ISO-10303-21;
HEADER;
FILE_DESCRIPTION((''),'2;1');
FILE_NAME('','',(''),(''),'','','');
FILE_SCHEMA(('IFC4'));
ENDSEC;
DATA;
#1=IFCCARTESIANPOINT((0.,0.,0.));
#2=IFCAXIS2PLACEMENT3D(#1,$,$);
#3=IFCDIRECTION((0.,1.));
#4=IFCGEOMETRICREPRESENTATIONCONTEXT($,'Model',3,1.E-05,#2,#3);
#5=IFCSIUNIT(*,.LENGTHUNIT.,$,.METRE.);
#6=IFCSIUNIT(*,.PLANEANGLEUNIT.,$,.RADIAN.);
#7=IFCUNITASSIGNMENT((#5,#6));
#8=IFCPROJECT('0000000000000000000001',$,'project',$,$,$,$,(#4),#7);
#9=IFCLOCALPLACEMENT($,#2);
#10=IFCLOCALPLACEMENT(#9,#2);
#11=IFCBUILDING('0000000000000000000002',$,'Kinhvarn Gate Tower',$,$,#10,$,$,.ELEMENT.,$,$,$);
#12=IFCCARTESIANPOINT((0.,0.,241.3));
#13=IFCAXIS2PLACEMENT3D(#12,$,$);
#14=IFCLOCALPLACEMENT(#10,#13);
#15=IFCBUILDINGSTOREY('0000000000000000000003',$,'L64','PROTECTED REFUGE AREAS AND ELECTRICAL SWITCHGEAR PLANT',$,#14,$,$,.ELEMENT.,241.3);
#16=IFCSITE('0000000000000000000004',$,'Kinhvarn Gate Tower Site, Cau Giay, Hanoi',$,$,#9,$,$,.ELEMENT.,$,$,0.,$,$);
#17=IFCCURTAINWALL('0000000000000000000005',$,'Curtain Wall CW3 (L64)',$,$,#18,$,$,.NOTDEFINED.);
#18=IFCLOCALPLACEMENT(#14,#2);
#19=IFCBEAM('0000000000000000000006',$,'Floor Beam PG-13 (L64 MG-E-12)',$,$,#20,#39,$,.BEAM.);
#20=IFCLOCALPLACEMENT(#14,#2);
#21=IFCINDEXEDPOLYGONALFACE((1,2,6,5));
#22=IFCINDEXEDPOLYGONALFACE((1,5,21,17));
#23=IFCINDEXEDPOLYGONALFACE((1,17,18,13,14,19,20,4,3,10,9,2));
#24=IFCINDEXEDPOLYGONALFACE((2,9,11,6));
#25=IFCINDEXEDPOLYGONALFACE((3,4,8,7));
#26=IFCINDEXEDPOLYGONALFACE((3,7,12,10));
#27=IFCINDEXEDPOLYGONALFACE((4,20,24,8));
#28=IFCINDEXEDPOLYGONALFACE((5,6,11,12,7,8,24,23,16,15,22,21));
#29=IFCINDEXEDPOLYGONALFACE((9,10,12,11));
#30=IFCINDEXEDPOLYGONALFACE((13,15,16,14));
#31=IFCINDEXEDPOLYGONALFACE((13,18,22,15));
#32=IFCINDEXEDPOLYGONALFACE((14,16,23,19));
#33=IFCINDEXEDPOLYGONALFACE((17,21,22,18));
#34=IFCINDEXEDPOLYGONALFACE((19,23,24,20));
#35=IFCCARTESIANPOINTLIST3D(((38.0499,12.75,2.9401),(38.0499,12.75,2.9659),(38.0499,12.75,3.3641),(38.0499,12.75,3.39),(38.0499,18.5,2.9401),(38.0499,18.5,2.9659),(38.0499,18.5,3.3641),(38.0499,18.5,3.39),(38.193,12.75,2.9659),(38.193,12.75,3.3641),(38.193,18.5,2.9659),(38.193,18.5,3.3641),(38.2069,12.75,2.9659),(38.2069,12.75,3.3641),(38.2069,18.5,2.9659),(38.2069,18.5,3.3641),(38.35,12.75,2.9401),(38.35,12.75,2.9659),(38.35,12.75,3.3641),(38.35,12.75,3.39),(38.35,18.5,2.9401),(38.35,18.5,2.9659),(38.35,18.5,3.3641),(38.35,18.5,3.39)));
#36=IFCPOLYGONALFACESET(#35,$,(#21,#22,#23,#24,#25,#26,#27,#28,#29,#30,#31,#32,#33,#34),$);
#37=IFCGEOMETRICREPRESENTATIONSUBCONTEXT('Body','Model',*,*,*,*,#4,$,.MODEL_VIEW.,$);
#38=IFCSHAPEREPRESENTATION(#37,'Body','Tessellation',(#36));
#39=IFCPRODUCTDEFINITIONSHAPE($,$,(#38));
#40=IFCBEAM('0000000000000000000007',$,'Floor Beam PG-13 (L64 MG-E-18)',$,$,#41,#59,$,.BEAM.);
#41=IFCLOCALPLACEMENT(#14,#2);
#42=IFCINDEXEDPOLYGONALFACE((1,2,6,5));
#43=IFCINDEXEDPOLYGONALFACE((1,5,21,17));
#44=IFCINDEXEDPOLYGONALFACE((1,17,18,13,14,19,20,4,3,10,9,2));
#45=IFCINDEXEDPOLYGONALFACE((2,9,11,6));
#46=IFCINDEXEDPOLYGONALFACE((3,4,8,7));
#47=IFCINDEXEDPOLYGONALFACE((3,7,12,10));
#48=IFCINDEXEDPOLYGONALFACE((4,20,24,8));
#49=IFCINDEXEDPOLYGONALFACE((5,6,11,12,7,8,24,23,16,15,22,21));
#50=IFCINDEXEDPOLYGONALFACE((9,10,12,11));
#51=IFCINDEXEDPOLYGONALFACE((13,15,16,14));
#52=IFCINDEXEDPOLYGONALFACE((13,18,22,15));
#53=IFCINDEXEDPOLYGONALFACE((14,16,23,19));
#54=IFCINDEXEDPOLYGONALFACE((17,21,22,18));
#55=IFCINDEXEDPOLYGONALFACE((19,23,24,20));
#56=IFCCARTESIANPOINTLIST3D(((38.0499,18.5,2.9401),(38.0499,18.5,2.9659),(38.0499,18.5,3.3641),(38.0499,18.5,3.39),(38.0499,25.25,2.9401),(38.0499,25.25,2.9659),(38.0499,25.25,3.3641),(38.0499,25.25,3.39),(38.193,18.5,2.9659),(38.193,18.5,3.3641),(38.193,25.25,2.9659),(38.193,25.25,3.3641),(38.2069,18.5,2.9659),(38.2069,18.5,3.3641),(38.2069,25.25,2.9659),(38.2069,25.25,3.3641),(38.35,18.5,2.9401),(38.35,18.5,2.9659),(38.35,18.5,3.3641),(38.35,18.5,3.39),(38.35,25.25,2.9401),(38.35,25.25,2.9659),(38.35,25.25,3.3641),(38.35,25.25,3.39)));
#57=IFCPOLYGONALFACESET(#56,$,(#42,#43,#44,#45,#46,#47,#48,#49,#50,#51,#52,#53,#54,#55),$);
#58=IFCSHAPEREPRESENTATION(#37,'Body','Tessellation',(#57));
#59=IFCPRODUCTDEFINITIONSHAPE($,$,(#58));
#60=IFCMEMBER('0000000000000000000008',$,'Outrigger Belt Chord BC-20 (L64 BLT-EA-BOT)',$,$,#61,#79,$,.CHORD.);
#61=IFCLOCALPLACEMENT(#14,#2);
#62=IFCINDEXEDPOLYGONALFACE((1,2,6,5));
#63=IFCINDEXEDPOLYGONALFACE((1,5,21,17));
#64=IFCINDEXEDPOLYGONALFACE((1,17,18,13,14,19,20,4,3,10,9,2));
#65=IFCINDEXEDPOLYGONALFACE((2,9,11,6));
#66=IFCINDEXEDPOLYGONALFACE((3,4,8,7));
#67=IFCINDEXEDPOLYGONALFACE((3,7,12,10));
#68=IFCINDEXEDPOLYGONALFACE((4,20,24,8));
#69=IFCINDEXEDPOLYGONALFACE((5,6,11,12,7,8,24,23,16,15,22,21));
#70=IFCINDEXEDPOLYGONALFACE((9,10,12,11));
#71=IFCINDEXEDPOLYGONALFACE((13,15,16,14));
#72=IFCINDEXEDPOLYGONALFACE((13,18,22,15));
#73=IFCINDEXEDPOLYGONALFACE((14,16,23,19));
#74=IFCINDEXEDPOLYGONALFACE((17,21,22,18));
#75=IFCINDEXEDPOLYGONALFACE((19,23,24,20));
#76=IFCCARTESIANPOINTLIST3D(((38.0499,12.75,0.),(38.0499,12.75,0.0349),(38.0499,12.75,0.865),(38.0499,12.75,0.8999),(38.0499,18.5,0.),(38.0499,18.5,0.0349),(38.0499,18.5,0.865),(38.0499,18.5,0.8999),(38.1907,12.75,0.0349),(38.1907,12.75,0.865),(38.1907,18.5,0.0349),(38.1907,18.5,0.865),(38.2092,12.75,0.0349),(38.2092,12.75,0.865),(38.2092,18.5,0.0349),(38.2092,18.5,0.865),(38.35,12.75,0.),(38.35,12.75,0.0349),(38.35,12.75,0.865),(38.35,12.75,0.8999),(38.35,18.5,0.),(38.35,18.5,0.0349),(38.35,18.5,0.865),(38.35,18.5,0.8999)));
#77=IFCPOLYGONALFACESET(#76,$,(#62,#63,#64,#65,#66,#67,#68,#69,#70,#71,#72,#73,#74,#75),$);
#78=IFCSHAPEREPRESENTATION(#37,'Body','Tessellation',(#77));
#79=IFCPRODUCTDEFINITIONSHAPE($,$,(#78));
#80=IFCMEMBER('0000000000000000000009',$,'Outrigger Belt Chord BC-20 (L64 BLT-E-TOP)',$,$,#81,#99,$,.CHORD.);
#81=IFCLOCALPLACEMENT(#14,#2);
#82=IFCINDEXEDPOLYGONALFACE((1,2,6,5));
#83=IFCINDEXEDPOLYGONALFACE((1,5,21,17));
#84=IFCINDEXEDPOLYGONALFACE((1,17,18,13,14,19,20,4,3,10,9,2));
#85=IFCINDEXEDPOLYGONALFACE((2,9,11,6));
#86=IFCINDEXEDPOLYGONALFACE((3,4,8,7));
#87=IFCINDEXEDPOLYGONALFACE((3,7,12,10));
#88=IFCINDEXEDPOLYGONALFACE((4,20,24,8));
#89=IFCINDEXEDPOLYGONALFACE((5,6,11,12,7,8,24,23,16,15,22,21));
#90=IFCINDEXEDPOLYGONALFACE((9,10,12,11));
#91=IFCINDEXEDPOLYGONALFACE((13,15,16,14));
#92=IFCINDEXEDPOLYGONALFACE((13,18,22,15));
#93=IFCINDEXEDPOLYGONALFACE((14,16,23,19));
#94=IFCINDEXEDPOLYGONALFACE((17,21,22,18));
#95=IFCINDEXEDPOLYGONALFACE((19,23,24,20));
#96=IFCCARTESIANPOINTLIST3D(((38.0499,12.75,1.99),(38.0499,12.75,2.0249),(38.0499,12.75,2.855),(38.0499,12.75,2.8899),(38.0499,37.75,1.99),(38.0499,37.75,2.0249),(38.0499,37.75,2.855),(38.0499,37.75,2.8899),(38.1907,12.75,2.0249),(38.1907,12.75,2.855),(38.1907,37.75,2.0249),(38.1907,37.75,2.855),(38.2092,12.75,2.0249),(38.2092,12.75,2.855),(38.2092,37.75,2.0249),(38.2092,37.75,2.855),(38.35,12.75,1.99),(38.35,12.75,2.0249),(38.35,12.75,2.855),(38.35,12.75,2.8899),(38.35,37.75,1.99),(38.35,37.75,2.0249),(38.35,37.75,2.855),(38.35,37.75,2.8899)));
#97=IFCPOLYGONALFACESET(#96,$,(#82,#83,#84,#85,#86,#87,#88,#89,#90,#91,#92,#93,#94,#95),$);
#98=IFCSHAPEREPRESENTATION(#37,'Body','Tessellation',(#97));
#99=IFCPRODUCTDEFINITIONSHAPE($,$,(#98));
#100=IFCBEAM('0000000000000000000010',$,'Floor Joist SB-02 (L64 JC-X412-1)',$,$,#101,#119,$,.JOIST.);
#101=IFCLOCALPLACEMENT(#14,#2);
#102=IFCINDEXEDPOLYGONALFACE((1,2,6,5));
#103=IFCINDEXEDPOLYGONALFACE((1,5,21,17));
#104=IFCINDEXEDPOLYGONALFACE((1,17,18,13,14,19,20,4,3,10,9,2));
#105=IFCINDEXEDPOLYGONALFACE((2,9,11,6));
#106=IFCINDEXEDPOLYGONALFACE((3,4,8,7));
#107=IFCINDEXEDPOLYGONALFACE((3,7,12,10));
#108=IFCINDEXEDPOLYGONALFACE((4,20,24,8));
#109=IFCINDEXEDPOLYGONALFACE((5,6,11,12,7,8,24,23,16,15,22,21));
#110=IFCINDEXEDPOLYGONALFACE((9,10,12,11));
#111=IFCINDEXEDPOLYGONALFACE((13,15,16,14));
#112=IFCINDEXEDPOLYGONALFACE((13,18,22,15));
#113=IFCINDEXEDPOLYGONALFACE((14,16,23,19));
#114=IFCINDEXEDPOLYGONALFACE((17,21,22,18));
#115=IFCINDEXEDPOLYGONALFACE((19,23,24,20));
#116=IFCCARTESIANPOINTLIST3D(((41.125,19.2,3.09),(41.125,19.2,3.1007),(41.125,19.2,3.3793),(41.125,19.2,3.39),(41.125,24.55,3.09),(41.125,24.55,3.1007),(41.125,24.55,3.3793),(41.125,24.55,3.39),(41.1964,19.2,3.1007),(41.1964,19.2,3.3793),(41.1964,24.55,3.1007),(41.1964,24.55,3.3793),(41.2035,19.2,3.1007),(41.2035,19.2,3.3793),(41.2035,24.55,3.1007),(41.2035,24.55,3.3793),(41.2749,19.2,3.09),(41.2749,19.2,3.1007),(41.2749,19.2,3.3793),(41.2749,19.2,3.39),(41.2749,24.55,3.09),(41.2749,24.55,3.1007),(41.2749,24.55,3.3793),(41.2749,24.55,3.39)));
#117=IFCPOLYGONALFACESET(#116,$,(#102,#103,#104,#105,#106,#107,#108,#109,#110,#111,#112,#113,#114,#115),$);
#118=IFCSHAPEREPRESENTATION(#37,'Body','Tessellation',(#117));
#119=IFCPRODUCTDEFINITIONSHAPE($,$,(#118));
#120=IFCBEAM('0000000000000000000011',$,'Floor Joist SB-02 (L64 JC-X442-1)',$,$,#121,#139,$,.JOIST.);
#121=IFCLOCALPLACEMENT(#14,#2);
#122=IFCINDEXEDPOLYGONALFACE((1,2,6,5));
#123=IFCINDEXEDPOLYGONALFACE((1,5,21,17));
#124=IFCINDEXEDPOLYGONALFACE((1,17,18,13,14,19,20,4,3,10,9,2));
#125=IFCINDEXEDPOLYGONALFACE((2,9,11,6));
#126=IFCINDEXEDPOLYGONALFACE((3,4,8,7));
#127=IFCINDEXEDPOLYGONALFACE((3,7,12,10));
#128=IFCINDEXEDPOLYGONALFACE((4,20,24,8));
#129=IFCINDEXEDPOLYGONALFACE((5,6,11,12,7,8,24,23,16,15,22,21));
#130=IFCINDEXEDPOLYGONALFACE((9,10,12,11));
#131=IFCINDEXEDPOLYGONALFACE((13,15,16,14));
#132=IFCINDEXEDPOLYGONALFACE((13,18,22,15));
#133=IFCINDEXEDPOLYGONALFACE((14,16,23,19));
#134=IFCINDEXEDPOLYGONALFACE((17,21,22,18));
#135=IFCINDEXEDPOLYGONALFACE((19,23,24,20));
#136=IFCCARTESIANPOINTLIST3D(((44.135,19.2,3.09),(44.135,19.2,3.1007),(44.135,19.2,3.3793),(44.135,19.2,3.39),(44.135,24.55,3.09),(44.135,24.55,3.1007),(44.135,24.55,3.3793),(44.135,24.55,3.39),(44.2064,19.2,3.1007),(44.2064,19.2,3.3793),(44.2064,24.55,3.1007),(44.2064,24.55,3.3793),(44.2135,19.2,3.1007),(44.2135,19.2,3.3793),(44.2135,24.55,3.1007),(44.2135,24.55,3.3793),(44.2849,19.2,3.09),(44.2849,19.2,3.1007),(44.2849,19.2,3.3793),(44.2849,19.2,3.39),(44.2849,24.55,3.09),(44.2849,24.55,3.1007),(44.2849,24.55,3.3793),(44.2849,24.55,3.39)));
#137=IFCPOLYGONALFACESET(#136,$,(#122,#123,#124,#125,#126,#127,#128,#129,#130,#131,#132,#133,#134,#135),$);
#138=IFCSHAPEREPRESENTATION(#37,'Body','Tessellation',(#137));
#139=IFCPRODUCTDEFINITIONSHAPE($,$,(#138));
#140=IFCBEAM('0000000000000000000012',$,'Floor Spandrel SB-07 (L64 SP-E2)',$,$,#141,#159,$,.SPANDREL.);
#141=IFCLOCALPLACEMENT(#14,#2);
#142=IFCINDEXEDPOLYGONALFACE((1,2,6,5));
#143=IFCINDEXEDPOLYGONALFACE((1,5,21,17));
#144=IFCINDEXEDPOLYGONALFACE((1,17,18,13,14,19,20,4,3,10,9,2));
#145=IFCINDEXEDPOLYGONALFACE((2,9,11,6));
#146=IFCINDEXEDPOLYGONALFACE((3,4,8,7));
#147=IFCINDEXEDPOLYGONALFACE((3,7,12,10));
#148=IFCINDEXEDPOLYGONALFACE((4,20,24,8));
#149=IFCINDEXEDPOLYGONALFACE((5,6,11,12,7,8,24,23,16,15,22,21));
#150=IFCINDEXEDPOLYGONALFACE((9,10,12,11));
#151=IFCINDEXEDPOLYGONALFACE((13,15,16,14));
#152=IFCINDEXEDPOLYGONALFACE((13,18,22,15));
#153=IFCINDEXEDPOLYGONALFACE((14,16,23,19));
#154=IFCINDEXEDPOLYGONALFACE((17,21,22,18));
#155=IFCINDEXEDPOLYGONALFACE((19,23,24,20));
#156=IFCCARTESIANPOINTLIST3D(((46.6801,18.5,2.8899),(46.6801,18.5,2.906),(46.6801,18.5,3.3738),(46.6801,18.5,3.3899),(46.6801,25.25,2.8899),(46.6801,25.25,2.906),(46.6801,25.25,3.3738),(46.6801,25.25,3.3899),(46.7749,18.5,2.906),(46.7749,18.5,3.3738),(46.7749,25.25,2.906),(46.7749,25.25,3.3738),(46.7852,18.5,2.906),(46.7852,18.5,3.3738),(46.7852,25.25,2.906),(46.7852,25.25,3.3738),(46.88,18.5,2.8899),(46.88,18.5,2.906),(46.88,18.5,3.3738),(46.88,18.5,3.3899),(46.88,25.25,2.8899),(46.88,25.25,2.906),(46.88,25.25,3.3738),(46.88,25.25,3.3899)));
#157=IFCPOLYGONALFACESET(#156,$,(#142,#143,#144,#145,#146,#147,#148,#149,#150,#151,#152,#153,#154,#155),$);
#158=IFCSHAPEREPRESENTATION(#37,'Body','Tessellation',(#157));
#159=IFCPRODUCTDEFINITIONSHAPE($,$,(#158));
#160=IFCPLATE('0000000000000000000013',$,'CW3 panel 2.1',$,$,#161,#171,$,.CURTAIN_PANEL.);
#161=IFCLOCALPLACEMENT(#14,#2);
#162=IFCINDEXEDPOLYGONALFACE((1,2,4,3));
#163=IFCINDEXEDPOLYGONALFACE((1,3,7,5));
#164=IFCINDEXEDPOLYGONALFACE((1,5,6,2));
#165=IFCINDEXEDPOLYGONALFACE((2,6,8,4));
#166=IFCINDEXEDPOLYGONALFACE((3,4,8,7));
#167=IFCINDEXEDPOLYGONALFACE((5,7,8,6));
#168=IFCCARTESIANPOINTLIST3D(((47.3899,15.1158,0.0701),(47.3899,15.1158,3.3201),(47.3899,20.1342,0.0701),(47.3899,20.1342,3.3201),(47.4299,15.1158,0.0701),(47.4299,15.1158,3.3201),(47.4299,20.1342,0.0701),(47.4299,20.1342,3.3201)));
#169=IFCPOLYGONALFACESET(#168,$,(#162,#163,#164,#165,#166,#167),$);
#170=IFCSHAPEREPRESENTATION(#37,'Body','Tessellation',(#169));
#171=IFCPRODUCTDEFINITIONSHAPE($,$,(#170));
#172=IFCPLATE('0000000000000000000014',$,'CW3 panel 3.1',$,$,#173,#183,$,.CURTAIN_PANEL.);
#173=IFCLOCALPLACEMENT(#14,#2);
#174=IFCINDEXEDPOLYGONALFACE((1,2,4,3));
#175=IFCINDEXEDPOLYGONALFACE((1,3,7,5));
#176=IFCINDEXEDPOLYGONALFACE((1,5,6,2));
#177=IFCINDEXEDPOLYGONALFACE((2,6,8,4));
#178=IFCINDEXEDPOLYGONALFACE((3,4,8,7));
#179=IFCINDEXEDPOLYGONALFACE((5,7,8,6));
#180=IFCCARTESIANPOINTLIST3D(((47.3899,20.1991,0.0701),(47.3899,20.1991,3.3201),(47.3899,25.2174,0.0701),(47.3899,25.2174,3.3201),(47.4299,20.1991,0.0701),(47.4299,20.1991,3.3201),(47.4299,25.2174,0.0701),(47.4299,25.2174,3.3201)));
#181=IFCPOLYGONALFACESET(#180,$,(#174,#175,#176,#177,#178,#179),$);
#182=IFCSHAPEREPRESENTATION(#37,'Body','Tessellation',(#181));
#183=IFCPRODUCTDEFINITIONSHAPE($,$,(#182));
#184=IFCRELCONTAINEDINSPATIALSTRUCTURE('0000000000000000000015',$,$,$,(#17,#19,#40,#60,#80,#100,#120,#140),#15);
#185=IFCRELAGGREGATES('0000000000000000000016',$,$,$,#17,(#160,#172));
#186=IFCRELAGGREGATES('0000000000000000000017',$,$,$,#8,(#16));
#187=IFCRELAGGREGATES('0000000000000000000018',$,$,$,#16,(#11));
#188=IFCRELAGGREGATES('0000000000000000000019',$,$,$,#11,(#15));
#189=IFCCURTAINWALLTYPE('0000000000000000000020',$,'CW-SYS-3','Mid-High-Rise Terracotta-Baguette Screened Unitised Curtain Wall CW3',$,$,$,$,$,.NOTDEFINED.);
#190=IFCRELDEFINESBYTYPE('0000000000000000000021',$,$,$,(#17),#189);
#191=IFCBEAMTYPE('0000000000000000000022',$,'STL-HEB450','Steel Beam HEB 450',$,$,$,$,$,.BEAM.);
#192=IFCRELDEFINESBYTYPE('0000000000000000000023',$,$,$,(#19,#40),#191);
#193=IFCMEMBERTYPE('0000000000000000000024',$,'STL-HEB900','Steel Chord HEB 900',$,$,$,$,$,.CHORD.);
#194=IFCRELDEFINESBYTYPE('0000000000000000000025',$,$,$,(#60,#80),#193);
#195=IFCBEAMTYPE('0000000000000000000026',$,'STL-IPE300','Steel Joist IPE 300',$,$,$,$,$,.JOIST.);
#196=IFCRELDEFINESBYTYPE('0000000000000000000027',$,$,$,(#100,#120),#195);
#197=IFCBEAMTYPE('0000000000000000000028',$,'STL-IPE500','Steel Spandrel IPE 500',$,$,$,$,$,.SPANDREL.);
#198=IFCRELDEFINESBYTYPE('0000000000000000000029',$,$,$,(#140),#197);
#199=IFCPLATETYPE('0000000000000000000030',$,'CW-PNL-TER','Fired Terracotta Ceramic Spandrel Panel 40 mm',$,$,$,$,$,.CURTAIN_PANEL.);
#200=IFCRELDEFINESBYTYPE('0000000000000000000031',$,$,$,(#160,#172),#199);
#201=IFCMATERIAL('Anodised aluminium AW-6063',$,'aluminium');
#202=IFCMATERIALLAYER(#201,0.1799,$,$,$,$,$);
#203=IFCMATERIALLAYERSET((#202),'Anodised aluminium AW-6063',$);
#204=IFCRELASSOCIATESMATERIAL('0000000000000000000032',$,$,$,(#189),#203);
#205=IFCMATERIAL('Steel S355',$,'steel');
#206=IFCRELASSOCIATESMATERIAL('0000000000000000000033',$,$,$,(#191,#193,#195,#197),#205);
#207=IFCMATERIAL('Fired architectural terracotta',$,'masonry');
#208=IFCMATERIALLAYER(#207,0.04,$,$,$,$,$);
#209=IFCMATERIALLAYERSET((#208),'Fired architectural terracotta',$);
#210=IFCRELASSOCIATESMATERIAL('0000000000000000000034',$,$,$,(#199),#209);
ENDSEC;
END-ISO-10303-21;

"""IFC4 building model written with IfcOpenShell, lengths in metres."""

from ifc_helpers import new_model, si_unit, direction, frame, origin, origin_2d, place, context, subcontext, project, spatial, rectangle, i_section, extrude, material, layer, layer_set, material_profile, profile_set, type_object, element, aggregate, save


model = new_model("IFC4")

# Units and contexts
model_context = context("Model", 3, precision=1e-05, world=origin(), true_north=direction((0.0, 1.0)))
body_context = subcontext(model_context, "Body", "Model", "MODEL_VIEW")
ifc_project = project(units=[si_unit("LENGTHUNIT", "METRE"), si_unit("PLANEANGLEUNIT", "RADIAN")], contexts=[model_context])

# Site, building, storey
site_placement = place(None, origin())
site = spatial("IfcSite", under=ifc_project, at=site_placement, Name="Kinhvarn Gate Tower Site, Cau Giay, Hanoi", CompositionType="ELEMENT", RefElevation=0.0)
building_placement = place(site_placement, origin())
building = spatial("IfcBuilding", under=site, at=building_placement, Name="Kinhvarn Gate Tower", CompositionType="ELEMENT")
storey_placement = place(building_placement, frame((0.0, 0.0, 241.3)))
storey = spatial("IfcBuildingStorey", under=building, at=storey_placement, Name="L64", Description="PROTECTED REFUGE AREAS AND ELECTRICAL SWITCHGEAR PLANT", CompositionType="ELEMENT", Elevation=241.3)

# Curtain wall
ifc_material_1 = material(Name="Anodised aluminium AW-6063", Category="aluminium")
ifc_layer_1 = layer(ifc_material_1, 0.1799)
ifc_layer_set_1 = layer_set([ifc_layer_1], Name="Anodised aluminium AW-6063")
curtain_wall_type = type_object("IfcCurtainWallType", Name="CW-SYS-3", Description="Mid-High-Rise Terracotta-Baguette Screened Unitised Curtain Wall CW3", PredefinedType="NOTDEFINED", material=ifc_layer_set_1)
curtain_wall_placement = place(storey_placement, origin())
curtain_wall = element("IfcCurtainWall", 1, at=curtain_wall_placement, inside=storey, type_object=curtain_wall_type, Name="Curtain Wall CW3 (L64)", PredefinedType="NOTDEFINED")

# Shared definitions
ifc_material_2 = material(Name="Steel S355", Category="steel")

# Beams
ifc_material_profile_1 = material_profile(ifc_material_2, i_section(OverallWidth=0.3, OverallDepth=0.45, WebThickness=0.0139, FlangeThickness=0.0259, at=origin_2d()), Name="HEB 450")
ifc_profile_set_1 = profile_set([ifc_material_profile_1], Name="Steel S355")
beam_type_1 = type_object("IfcBeamType", Name="STL-HEB450", Description="Steel Beam HEB 450", PredefinedType="BEAM", material=ifc_profile_set_1)
beam_1_placement = place(storey_placement, frame((38.2, 12.75, 3.165), z_axis=(0.0, 1.0, 0.0), x_axis=(-1.0, 0.0, 0.0)))
element("IfcBeam", 2, at=beam_1_placement, inside=storey, type_object=beam_type_1, Name="Floor Beam PG-13 (L64 MG-E-12)", PredefinedType="BEAM", context=body_context, shape_type="SweptSolid", body=[
    extrude(i_section(OverallWidth=0.3, OverallDepth=0.45, WebThickness=0.0139, FlangeThickness=0.0259, at=origin_2d()), origin(), (0.0, 0.0, 1.0), 5.75),
])
beam_2_placement = place(storey_placement, frame((38.2, 18.5, 3.165), z_axis=(0.0, 1.0, 0.0), x_axis=(-1.0, 0.0, 0.0)))
element("IfcBeam", 3, at=beam_2_placement, inside=storey, type_object=beam_type_1, Name="Floor Beam PG-13 (L64 MG-E-18)", PredefinedType="BEAM", context=body_context, shape_type="SweptSolid", body=[
    extrude(i_section(OverallWidth=0.3, OverallDepth=0.45, WebThickness=0.0139, FlangeThickness=0.0259, at=origin_2d()), origin(), (0.0, 0.0, 1.0), 6.75),
])

# Members
ifc_material_profile_2 = material_profile(ifc_material_2, i_section(OverallWidth=0.3, OverallDepth=0.8999, WebThickness=0.0186, FlangeThickness=0.0349, at=origin_2d()), Name="HEB 900")
ifc_profile_set_2 = profile_set([ifc_material_profile_2], Name="Steel S355")
member_type_1 = type_object("IfcMemberType", Name="STL-HEB900", Description="Steel Chord HEB 900", PredefinedType="CHORD", material=ifc_profile_set_2)
member_1_placement = place(storey_placement, frame((38.2, 12.75, 0.45), z_axis=(0.0, 1.0, 0.0), x_axis=(-1.0, 0.0, 0.0)))
element("IfcMember", 4, at=member_1_placement, inside=storey, type_object=member_type_1, Name="Outrigger Belt Chord BC-20 (L64 BLT-EA-BOT)", PredefinedType="CHORD", context=body_context, shape_type="SweptSolid", body=[
    extrude(i_section(OverallWidth=0.3, OverallDepth=0.8999, WebThickness=0.0186, FlangeThickness=0.0349, at=origin_2d()), origin(), (0.0, 0.0, 1.0), 5.75),
])
member_2_placement = place(storey_placement, frame((38.2, 12.75, 2.4399), z_axis=(0.0, 1.0, 0.0), x_axis=(-1.0, 0.0, 0.0)))
element("IfcMember", 5, at=member_2_placement, inside=storey, type_object=member_type_1, Name="Outrigger Belt Chord BC-20 (L64 BLT-E-TOP)", PredefinedType="CHORD", context=body_context, shape_type="SweptSolid", body=[
    extrude(i_section(OverallWidth=0.3, OverallDepth=0.8999, WebThickness=0.0186, FlangeThickness=0.0349, at=origin_2d()), origin(), (0.0, 0.0, 1.0), 25.0),
])

# Beams
ifc_material_profile_3 = material_profile(ifc_material_2, i_section(OverallWidth=0.1499, OverallDepth=0.3, WebThickness=0.0071, FlangeThickness=0.0107, at=origin_2d()), Name="IPE 300")
ifc_profile_set_3 = profile_set([ifc_material_profile_3], Name="Steel S355")
beam_type_2 = type_object("IfcBeamType", Name="STL-IPE300", Description="Steel Joist IPE 300", PredefinedType="JOIST", material=ifc_profile_set_3)
for number, where, z_axis, x_axis, name in (
    (6, (41.2, 19.2, 3.24), (0.0, 1.0, 0.0), (-1.0, 0.0, 0.0), "Floor Joist SB-02 (L64 JC-X412-1)"),
    (7, (44.21, 19.2, 3.24), (0.0, 1.0, 0.0), (-1.0, 0.0, 0.0), "Floor Joist SB-02 (L64 JC-X442-1)"),
):
    element("IfcBeam", number, at=place(storey_placement, frame(where, z_axis=z_axis, x_axis=x_axis)), inside=storey, type_object=beam_type_2, Name=name, PredefinedType="JOIST", context=body_context, shape_type="SweptSolid", body=[
        extrude(i_section(OverallWidth=0.1499, OverallDepth=0.3, WebThickness=0.0071, FlangeThickness=0.0107, at=origin_2d()), origin(), (0.0, 0.0, 1.0), 5.3501),
    ])
ifc_material_profile_4 = material_profile(ifc_material_2, i_section(OverallWidth=0.2, OverallDepth=0.5, WebThickness=0.0103, FlangeThickness=0.0161, at=origin_2d()), Name="IPE 500")
ifc_profile_set_4 = profile_set([ifc_material_profile_4], Name="Steel S355")
beam_type_3 = type_object("IfcBeamType", Name="STL-IPE500", Description="Steel Spandrel IPE 500", PredefinedType="SPANDREL", material=ifc_profile_set_4)
beam_3_placement = place(storey_placement, frame((46.78, 18.5, 3.1399), z_axis=(0.0, 1.0, 0.0), x_axis=(-1.0, 0.0, 0.0)))
element("IfcBeam", 8, at=beam_3_placement, inside=storey, type_object=beam_type_3, Name="Floor Spandrel SB-07 (L64 SP-E2)", PredefinedType="SPANDREL", context=body_context, shape_type="SweptSolid", body=[
    extrude(i_section(OverallWidth=0.2, OverallDepth=0.5, WebThickness=0.0103, FlangeThickness=0.0161, at=origin_2d()), origin(), (0.0, 0.0, 1.0), 6.75),
])

# Plates
ifc_material_3 = material(Name="Fired architectural terracotta", Category="masonry")
ifc_layer_2 = layer(ifc_material_3, 0.04)
ifc_layer_set_2 = layer_set([ifc_layer_2], Name="Fired architectural terracotta")
plate_type = type_object("IfcPlateType", Name="CW-PNL-TER", Description="Fired Terracotta Ceramic Spandrel Panel 40 mm", PredefinedType="CURTAIN_PANEL", material=ifc_layer_set_2)
plate_1_placement = place(storey_placement, frame((47.4099, 17.625, 0.0701), z_axis=(0.0, 0.0, 1.0), x_axis=(0.0, 1.0, 0.0)))
plate_1 = element("IfcPlate", 9, at=plate_1_placement, type_object=plate_type, Name="CW3 panel 2.1", PredefinedType="CURTAIN_PANEL", context=body_context, shape_type="SweptSolid", body=[
    extrude(rectangle(XDim=5.0183, YDim=0.04, at=origin_2d()), origin(), (0.0, 0.0, 1.0), 3.25),
])
plate_2_placement = place(storey_placement, frame((47.4099, 22.7083, 0.0701), z_axis=(0.0, 0.0, 1.0), x_axis=(0.0, 1.0, 0.0)))
plate_2 = element("IfcPlate", 10, at=plate_2_placement, type_object=plate_type, Name="CW3 panel 3.1", PredefinedType="CURTAIN_PANEL", context=body_context, shape_type="SweptSolid", body=[
    extrude(rectangle(XDim=5.0183, YDim=0.04, at=origin_2d()), origin(), (0.0, 0.0, 1.0), 3.25),
])
aggregate(curtain_wall, [plate_1, plate_2])

save(model, "model.ifc")
